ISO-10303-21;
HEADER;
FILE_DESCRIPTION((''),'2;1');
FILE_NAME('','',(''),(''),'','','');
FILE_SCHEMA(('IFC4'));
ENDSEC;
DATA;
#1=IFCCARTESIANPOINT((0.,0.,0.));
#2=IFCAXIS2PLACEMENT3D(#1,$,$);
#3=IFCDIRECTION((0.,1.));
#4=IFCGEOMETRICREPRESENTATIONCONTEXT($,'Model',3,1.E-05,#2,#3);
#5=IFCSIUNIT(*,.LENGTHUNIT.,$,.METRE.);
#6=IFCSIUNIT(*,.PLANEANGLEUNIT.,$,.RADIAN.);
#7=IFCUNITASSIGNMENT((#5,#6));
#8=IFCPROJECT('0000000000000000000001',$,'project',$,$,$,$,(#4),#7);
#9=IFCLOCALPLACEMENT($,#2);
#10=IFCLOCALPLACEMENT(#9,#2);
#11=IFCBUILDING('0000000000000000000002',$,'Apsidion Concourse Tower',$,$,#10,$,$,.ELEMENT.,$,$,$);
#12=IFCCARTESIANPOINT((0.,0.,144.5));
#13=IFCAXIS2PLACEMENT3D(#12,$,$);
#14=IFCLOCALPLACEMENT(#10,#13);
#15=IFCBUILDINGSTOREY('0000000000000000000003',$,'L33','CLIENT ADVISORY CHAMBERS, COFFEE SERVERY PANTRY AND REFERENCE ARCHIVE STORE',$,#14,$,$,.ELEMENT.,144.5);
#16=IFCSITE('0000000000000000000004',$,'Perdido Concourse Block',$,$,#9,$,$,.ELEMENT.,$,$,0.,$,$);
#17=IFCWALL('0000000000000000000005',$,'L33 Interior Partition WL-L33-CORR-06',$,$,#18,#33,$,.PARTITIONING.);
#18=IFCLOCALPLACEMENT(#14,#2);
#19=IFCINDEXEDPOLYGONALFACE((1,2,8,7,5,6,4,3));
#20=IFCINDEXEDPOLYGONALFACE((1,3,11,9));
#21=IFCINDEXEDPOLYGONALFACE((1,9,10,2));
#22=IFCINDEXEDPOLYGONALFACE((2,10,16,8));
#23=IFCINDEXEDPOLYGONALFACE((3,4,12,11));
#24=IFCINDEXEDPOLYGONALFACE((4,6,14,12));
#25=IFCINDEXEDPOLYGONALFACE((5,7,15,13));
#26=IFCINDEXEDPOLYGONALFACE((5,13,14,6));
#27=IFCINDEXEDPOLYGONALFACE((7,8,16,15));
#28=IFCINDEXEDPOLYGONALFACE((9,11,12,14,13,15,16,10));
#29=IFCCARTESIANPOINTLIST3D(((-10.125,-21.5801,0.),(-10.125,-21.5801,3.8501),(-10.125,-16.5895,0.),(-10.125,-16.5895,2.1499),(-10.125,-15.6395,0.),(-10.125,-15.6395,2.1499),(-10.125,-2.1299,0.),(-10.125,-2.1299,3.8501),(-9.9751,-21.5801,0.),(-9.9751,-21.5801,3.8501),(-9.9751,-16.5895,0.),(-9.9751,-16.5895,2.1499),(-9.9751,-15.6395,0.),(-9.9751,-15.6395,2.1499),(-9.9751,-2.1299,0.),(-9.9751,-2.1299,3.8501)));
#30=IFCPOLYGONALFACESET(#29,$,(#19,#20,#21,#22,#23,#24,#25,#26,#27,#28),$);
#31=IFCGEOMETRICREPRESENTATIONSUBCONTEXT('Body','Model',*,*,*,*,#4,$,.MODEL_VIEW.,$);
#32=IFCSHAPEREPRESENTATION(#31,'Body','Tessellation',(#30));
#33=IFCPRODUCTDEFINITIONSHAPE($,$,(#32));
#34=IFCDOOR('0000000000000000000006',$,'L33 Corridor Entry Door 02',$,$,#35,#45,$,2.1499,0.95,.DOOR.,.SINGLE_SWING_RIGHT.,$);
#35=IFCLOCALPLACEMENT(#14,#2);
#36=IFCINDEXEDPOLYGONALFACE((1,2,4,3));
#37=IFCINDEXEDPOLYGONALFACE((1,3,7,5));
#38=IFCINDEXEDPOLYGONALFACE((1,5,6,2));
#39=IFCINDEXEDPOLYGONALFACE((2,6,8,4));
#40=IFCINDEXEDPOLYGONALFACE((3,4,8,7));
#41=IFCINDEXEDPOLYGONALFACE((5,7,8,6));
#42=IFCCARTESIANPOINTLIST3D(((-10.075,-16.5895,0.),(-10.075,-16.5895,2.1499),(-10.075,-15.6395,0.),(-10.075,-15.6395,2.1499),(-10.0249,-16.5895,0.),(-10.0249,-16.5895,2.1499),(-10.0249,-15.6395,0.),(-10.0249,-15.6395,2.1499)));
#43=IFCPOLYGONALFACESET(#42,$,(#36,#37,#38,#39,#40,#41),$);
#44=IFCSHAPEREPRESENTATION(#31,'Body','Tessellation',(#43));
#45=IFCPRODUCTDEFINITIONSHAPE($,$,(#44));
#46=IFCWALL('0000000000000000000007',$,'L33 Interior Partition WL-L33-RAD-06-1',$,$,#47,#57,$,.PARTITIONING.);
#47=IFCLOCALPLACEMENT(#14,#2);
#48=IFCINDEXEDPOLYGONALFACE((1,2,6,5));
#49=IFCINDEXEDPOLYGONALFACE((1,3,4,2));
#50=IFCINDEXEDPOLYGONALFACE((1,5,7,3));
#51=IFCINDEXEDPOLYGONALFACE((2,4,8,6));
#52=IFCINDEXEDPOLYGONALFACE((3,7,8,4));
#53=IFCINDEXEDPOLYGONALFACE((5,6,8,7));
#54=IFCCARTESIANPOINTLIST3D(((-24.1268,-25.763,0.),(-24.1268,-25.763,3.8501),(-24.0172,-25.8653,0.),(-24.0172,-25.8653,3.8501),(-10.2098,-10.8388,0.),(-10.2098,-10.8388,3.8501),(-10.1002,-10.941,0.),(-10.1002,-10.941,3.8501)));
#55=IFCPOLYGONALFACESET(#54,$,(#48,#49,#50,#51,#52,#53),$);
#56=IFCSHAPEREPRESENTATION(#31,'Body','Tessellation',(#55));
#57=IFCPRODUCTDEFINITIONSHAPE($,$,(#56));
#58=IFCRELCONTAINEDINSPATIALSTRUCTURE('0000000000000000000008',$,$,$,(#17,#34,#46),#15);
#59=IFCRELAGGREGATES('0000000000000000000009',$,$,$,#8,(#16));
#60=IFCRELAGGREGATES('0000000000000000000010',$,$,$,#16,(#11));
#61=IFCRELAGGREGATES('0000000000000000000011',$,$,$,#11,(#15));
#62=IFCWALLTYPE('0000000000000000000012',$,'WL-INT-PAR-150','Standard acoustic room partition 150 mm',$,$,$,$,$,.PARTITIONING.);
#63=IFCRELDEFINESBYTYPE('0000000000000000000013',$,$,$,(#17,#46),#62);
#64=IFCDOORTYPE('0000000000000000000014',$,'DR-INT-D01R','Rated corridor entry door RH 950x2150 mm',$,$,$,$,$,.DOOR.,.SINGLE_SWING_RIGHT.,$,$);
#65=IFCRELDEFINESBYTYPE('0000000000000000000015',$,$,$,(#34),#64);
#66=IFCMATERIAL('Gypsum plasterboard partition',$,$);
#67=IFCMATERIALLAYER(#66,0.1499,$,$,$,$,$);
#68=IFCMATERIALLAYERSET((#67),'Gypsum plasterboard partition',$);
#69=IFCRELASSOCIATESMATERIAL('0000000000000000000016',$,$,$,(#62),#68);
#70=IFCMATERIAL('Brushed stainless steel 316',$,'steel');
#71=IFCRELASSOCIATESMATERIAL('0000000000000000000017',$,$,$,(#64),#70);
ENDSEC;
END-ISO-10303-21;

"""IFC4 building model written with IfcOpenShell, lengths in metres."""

from ifc_helpers import new_model, si_unit, direction, frame, frame_2d, origin, place, context, subcontext, project, spatial, rectangle, extrude, material, layer, layer_set, type_object, element, fill, save


model = new_model("IFC4")

# Units and contexts
model_context = context("Model", 3, precision=1e-05, world=origin(), true_north=direction((0.0, 1.0)))
body_context = subcontext(model_context, "Body", "Model", "MODEL_VIEW")
ifc_project = project(units=[si_unit("LENGTHUNIT", "METRE"), si_unit("PLANEANGLEUNIT", "RADIAN")], contexts=[model_context])

# Site, building, storey
site_placement = place(None, origin())
site = spatial("IfcSite", under=ifc_project, at=site_placement, Name="Perdido Concourse Block", CompositionType="ELEMENT", RefElevation=0.0)
building_placement = place(site_placement, origin())
building = spatial("IfcBuilding", under=site, at=building_placement, Name="Apsidion Concourse Tower", CompositionType="ELEMENT")
storey_placement = place(building_placement, frame((0.0, 0.0, 144.5)))
storey = spatial("IfcBuildingStorey", under=building, at=storey_placement, Name="L33", Description="CLIENT ADVISORY CHAMBERS, COFFEE SERVERY PANTRY AND REFERENCE ARCHIVE STORE", CompositionType="ELEMENT", Elevation=144.5)

# Wall, opening, door
ifc_material_1 = material(Name="Gypsum plasterboard partition")
ifc_layer_1 = layer(ifc_material_1, 0.1499)
ifc_layer_set_1 = layer_set([ifc_layer_1], Name="Gypsum plasterboard partition")
wall_type_1 = type_object("IfcWallType", Name="WL-INT-PAR-150", Description="Standard acoustic room partition 150 mm", PredefinedType="PARTITIONING", material=ifc_layer_set_1)
wall_1_placement = place(storey_placement, frame((-10.05, -21.5801, 0.0), z_axis=(0.0, 0.0, 1.0), x_axis=(0.0, 1.0, 0.0)))
wall_1 = element("IfcWall", 1, at=wall_1_placement, inside=storey, type_object=wall_type_1, Name="L33 Interior Partition WL-L33-CORR-06", PredefinedType="PARTITIONING", context=body_context, shape_type="SweptSolid", body=[
    extrude(rectangle(XDim=19.4502, YDim=0.1499, at=frame_2d((9.7251, 0.0))), origin(), (0.0, 0.0, 1.0), 3.8501),
])
opening_1_placement = place(wall_1_placement, frame((4.9905, 0.0, 0.0)))
opening_1 = element("IfcOpeningElement", 2, at=opening_1_placement, cuts=wall_1, PredefinedType="OPENING", context=body_context, shape_type="SweptSolid", body=[
    extrude(rectangle(XDim=0.95, YDim=2.1499, at=frame_2d((0.4751, 1.075))), frame((0.0, 0.085, 0.0), z_axis=(0.0, -1.0, 0.0), x_axis=(1.0, 0.0, 0.0)), (0.0, 0.0, 1.0), 0.1699),
])
ifc_material_2 = material(Name="Brushed stainless steel 316", Category="steel")
door_type_1 = type_object("IfcDoorType", Name="DR-INT-D01R", Description="Rated corridor entry door RH 950x2150 mm", OperationType="SINGLE_SWING_RIGHT", PredefinedType="DOOR", material=ifc_material_2)
door_1_placement = place(opening_1_placement, origin())
door_1 = element("IfcDoor", 3, at=door_1_placement, inside=storey, type_object=door_type_1, Name="L33 Corridor Entry Door 02", OperationType="SINGLE_SWING_RIGHT", OverallHeight=2.1499, OverallWidth=0.95, PredefinedType="DOOR", context=body_context, shape_type="SweptSolid", body=[
    extrude(rectangle(XDim=0.95, YDim=2.1499, at=frame_2d((0.4751, 1.075))), frame((0.0, 0.0249, 0.0), z_axis=(0.0, -1.0, 0.0), x_axis=(1.0, 0.0, 0.0)), (0.0, 0.0, 1.0), 0.05),
])
fill(opening_1, door_1)

# Wall
wall_2_placement = place(storey_placement, frame((-10.155, -10.8899, 0.0), z_axis=(0.0, 0.0, 1.0), x_axis=(-0.681994, -0.731358, 0.0)))
element("IfcWall", 4, at=wall_2_placement, inside=storey, type_object=wall_type_1, Name="L33 Interior Partition WL-L33-RAD-06-1", PredefinedType="PARTITIONING", context=body_context, shape_type="SweptSolid", body=[
    extrude(rectangle(XDim=20.4062, YDim=0.1499, at=frame_2d((10.2031, 0.0))), origin(), (0.0, 0.0, 1.0), 3.8501),
])

save(model, "model.ifc")
